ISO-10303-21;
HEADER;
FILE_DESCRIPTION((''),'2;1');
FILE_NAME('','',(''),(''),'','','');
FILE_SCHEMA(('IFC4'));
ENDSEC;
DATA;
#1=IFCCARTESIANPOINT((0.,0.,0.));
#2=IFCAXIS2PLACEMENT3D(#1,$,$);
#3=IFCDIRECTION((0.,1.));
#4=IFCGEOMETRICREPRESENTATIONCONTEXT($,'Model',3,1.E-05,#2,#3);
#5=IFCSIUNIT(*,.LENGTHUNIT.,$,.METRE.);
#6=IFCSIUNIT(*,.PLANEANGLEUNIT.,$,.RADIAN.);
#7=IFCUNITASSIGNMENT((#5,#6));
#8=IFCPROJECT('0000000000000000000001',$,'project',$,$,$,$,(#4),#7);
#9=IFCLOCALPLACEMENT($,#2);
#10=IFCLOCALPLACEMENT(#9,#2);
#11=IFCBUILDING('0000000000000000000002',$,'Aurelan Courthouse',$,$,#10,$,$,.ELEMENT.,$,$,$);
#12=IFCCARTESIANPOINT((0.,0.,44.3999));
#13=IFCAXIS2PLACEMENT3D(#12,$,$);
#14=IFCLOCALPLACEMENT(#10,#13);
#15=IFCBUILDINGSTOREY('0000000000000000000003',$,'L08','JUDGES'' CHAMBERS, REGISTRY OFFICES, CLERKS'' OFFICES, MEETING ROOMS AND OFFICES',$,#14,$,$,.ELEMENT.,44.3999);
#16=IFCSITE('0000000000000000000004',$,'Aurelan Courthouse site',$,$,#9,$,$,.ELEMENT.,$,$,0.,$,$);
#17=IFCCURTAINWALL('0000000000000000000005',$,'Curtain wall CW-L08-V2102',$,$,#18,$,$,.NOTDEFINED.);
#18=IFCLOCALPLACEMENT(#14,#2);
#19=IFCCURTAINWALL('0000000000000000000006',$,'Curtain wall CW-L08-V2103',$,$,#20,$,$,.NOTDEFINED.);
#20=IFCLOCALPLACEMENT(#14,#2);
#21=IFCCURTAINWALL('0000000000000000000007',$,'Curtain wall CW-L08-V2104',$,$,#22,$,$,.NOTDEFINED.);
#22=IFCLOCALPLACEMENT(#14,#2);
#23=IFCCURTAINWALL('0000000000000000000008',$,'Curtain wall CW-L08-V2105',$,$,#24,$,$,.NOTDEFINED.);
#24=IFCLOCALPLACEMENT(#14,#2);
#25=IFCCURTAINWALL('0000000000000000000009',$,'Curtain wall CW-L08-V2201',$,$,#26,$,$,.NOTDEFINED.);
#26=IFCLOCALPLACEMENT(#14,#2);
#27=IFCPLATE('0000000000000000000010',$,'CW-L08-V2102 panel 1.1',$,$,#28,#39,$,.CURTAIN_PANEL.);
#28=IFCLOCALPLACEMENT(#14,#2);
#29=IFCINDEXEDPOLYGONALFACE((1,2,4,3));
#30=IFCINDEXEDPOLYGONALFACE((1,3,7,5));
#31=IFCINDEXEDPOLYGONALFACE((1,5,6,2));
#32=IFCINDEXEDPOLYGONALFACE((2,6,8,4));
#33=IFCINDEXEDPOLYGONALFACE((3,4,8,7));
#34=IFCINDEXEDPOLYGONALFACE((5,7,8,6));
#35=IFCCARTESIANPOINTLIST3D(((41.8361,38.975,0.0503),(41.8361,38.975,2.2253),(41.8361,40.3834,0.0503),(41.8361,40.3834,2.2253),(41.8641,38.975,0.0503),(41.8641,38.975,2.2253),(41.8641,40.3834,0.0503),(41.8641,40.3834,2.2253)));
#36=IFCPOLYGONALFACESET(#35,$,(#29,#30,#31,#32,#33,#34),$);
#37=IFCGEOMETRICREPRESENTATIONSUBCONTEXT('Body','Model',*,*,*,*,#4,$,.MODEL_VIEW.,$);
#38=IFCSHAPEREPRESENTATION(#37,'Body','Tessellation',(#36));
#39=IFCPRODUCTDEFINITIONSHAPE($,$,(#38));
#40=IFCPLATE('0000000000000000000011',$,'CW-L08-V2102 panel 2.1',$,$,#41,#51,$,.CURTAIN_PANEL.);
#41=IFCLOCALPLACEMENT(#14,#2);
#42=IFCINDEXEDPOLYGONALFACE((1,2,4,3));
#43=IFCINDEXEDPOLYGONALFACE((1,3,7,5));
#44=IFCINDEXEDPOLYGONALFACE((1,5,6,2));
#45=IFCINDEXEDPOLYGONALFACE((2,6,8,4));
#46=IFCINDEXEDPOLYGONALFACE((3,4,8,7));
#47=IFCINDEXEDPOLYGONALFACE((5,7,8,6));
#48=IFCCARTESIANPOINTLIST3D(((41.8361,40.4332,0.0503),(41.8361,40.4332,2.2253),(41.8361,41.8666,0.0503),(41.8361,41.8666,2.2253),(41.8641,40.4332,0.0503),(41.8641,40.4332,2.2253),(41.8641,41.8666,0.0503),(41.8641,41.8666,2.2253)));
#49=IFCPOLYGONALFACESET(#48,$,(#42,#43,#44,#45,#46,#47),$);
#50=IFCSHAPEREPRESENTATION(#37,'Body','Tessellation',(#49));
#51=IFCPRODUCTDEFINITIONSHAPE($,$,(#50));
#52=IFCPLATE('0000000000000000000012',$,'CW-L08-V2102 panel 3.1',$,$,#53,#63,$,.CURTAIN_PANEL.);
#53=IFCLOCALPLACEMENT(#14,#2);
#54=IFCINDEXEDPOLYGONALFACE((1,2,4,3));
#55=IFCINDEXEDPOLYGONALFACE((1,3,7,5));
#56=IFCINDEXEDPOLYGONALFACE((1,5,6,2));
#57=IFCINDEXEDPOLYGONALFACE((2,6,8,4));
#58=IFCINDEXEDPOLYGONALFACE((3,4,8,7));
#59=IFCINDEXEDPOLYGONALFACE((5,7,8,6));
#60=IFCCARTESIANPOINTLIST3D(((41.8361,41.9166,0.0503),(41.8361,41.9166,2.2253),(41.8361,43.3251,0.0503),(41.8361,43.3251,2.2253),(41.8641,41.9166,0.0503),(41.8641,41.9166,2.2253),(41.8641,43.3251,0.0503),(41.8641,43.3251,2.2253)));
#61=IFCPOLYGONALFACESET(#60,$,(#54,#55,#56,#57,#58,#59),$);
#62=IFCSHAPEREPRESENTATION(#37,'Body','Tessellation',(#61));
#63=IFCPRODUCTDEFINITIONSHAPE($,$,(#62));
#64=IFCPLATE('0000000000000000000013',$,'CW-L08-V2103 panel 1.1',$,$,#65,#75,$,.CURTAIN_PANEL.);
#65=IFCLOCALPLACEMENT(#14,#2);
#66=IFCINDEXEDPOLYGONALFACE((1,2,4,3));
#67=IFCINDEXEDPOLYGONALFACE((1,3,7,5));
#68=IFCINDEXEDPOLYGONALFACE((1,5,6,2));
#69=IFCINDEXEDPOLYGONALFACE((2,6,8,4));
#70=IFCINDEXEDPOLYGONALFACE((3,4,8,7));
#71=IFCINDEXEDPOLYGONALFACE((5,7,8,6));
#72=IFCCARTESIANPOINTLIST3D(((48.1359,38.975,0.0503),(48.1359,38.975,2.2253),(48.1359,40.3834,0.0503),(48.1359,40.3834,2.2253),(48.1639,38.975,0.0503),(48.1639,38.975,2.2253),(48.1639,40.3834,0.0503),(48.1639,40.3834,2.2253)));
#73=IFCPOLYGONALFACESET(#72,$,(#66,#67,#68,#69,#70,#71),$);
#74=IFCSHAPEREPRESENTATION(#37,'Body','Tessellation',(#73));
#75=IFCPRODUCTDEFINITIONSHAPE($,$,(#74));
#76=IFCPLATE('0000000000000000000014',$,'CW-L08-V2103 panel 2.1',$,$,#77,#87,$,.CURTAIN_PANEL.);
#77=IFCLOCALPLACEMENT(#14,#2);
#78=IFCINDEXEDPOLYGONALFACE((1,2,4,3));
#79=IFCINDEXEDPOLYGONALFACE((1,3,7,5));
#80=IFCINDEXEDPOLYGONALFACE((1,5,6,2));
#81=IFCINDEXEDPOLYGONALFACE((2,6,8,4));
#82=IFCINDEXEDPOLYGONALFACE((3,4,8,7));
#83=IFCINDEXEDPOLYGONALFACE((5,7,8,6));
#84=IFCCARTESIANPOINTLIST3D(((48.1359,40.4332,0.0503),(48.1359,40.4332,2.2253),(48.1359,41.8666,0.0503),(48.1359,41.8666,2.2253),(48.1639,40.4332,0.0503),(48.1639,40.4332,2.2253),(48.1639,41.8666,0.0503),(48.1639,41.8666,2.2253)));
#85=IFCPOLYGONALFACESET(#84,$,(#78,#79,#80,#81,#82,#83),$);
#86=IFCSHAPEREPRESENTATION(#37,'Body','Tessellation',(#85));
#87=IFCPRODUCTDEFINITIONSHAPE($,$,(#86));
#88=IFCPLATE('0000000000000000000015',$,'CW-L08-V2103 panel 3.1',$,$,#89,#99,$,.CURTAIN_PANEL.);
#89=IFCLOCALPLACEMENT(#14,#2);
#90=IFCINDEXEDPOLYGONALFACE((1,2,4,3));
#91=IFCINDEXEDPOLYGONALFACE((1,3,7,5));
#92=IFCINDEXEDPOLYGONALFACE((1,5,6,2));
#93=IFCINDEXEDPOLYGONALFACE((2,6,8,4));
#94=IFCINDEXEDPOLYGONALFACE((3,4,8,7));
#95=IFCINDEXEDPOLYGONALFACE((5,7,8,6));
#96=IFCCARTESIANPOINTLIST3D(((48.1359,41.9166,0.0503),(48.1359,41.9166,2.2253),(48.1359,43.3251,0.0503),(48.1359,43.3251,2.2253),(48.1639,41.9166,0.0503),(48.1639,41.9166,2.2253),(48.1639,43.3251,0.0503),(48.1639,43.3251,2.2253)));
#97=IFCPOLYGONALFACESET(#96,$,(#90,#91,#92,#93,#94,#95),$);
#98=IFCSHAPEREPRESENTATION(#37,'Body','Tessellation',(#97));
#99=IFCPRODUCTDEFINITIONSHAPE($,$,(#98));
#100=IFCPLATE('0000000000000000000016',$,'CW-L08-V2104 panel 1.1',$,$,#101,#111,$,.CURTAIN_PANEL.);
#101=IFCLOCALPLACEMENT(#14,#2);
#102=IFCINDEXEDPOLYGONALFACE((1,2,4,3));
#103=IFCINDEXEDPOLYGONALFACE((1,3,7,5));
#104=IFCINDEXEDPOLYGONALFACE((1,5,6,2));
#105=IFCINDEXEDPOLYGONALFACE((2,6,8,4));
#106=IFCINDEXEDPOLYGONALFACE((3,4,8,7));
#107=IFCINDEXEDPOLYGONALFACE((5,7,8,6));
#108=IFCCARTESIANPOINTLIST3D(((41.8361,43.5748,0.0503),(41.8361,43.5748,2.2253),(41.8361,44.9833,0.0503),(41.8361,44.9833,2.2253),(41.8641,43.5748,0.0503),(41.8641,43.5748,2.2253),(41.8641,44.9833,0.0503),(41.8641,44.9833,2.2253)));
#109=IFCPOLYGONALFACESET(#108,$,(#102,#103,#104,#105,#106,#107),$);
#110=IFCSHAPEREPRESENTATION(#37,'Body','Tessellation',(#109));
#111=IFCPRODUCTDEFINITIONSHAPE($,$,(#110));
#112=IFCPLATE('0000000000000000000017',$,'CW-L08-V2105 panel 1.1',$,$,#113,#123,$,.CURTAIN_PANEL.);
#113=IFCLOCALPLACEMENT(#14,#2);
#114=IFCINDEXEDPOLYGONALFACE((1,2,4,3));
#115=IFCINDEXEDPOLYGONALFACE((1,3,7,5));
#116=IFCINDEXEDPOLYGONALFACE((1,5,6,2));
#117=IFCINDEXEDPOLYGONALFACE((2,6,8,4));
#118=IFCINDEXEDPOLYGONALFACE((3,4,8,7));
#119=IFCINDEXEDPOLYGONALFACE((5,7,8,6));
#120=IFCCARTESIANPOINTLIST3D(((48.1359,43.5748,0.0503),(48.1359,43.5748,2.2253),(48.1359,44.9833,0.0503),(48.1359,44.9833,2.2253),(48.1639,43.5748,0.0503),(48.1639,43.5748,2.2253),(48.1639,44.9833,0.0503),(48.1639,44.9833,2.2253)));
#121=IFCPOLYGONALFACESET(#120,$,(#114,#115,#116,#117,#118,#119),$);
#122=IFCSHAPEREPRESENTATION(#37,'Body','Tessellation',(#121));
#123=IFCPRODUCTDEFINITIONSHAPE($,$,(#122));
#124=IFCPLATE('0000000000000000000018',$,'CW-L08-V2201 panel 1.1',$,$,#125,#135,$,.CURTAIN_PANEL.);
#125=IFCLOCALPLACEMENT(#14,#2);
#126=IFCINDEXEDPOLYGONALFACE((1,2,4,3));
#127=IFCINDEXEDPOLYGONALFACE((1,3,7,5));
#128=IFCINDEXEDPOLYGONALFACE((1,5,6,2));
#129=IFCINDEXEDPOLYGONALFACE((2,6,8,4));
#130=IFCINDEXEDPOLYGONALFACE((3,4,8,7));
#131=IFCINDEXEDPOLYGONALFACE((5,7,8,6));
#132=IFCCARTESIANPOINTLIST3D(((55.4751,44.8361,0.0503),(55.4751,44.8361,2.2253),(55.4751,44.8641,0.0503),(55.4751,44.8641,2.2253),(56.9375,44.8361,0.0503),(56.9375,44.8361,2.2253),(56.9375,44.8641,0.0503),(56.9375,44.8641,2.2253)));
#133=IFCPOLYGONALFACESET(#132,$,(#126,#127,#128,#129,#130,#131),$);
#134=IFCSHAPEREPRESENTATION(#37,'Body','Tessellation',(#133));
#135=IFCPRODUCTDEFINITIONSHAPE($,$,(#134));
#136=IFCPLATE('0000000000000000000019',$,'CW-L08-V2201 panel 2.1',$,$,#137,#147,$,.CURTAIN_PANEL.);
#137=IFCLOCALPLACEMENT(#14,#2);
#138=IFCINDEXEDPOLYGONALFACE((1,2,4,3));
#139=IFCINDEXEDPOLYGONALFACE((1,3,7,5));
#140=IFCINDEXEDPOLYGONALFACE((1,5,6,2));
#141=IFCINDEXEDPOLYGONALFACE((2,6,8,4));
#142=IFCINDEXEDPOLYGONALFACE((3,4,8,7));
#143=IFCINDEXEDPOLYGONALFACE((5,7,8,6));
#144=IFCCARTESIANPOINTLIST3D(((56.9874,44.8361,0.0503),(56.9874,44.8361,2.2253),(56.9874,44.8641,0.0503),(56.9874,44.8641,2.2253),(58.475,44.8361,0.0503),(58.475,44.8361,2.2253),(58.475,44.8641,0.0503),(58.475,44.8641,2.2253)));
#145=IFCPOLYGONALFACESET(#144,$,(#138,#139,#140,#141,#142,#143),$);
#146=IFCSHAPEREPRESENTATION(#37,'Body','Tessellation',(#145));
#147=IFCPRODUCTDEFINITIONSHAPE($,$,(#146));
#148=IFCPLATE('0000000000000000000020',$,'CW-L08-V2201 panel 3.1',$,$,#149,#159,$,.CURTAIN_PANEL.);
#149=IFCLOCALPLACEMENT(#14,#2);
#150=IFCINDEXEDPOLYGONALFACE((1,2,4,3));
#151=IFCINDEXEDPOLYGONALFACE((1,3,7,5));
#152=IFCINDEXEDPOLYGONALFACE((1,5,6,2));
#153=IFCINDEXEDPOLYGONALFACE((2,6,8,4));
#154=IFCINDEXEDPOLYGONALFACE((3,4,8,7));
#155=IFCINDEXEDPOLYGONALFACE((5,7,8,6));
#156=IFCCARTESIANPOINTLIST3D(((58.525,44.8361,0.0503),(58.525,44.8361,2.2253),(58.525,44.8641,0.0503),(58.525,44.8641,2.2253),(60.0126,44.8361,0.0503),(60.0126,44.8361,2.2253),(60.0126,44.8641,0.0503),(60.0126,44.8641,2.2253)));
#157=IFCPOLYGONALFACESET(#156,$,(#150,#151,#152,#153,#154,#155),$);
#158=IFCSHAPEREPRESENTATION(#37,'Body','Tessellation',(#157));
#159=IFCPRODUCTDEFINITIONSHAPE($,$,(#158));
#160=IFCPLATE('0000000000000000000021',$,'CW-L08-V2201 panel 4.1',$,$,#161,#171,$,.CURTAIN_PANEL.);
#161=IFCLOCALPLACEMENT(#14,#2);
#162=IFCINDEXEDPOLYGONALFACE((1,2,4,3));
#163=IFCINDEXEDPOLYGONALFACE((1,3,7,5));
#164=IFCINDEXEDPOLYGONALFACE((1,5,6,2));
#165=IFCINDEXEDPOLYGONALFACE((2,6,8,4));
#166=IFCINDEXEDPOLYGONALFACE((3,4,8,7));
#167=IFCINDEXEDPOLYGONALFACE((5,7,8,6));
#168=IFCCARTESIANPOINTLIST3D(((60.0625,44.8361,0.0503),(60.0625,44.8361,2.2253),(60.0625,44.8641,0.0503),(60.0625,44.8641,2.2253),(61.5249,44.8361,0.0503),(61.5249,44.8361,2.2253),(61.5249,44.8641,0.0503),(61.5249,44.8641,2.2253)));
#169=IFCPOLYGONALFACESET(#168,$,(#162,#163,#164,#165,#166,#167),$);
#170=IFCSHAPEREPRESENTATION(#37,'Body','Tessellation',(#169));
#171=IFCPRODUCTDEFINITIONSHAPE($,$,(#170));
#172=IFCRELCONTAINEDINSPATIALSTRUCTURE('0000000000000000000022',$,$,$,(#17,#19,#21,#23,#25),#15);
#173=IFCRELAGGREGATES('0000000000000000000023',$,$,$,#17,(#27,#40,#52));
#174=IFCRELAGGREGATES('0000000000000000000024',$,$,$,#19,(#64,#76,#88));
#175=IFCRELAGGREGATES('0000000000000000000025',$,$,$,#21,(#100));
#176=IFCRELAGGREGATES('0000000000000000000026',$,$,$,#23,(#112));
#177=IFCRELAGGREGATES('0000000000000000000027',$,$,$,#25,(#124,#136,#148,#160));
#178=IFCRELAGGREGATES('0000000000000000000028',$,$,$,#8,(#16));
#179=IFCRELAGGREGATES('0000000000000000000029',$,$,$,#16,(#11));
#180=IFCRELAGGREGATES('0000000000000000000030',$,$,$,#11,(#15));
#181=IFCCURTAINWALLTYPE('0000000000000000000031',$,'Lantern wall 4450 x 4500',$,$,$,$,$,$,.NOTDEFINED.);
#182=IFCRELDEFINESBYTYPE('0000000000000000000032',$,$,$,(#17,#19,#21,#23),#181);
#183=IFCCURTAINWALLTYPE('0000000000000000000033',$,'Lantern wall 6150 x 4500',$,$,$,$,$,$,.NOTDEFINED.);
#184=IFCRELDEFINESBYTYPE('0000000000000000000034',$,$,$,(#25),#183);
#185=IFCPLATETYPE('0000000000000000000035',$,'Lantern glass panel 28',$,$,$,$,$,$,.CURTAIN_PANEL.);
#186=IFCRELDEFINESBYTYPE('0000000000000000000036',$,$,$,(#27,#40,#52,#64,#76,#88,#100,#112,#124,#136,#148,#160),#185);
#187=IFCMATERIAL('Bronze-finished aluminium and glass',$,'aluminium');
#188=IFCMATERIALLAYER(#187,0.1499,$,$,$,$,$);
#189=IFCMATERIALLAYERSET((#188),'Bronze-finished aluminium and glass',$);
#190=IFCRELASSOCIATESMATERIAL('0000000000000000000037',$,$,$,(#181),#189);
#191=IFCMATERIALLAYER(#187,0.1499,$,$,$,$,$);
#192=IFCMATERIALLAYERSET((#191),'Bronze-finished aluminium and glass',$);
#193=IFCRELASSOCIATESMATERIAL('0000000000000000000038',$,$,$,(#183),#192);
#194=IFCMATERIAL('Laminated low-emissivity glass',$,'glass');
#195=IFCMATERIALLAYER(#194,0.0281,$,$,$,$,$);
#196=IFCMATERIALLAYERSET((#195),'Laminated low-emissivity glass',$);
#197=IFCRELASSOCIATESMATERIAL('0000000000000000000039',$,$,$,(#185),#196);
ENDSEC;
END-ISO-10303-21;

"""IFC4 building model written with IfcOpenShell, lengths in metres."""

from ifc_helpers import new_model, si_unit, direction, frame, origin, origin_2d, place, context, subcontext, project, spatial, rectangle, extrude, material, layer, layer_set, type_object, element, aggregate, save


model = new_model("IFC4")

# Units and contexts
model_context = context("Model", 3, precision=1e-05, world=origin(), true_north=direction((0.0, 1.0)))
body_context = subcontext(model_context, "Body", "Model", "MODEL_VIEW")
ifc_project = project(units=[si_unit("LENGTHUNIT", "METRE"), si_unit("PLANEANGLEUNIT", "RADIAN")], contexts=[model_context])

# Site, building, storey
site_placement = place(None, origin())
site = spatial("IfcSite", under=ifc_project, at=site_placement, Name="Aurelan Courthouse site", CompositionType="ELEMENT", RefElevation=0.0)
building_placement = place(site_placement, origin())
building = spatial("IfcBuilding", under=site, at=building_placement, Name="Aurelan Courthouse", CompositionType="ELEMENT")
storey_placement = place(building_placement, frame((0.0, 0.0, 44.3999)))
storey = spatial("IfcBuildingStorey", under=building, at=storey_placement, Name="L08", Description="JUDGES' CHAMBERS, REGISTRY OFFICES, CLERKS' OFFICES, MEETING ROOMS AND OFFICES", CompositionType="ELEMENT", Elevation=44.3999)

# Curtain walls
ifc_material_1 = material(Name="Bronze-finished aluminium and glass", Category="aluminium")
ifc_layer_1 = layer(ifc_material_1, 0.1499)
ifc_layer_set_1 = layer_set([ifc_layer_1], Name="Bronze-finished aluminium and glass")
curtain_wall_type_1 = type_object("IfcCurtainWallType", Name="Lantern wall 4450 x 4500", PredefinedType="NOTDEFINED", material=ifc_layer_set_1)
curtain_wall_1_placement = place(storey_placement, origin())
curtain_wall_1 = element("IfcCurtainWall", 1, at=curtain_wall_1_placement, inside=storey, type_object=curtain_wall_type_1, Name="Curtain wall CW-L08-V2102", PredefinedType="NOTDEFINED")
curtain_wall_2_placement = place(storey_placement, origin())
curtain_wall_2 = element("IfcCurtainWall", 2, at=curtain_wall_2_placement, inside=storey, type_object=curtain_wall_type_1, Name="Curtain wall CW-L08-V2103", PredefinedType="NOTDEFINED")

# Curtain walls
curtain_wall_3_placement = place(storey_placement, origin())
curtain_wall_3 = element("IfcCurtainWall", 3, at=curtain_wall_3_placement, inside=storey, type_object=curtain_wall_type_1, Name="Curtain wall CW-L08-V2104", PredefinedType="NOTDEFINED")
curtain_wall_4_placement = place(storey_placement, origin())
curtain_wall_4 = element("IfcCurtainWall", 4, at=curtain_wall_4_placement, inside=storey, type_object=curtain_wall_type_1, Name="Curtain wall CW-L08-V2105", PredefinedType="NOTDEFINED")

# Curtain wall
ifc_layer_2 = layer(ifc_material_1, 0.1499)
ifc_layer_set_2 = layer_set([ifc_layer_2], Name="Bronze-finished aluminium and glass")
curtain_wall_type_2 = type_object("IfcCurtainWallType", Name="Lantern wall 6150 x 4500", PredefinedType="NOTDEFINED", material=ifc_layer_set_2)
curtain_wall_5_placement = place(storey_placement, origin())
curtain_wall_5 = element("IfcCurtainWall", 5, at=curtain_wall_5_placement, inside=storey, type_object=curtain_wall_type_2, Name="Curtain wall CW-L08-V2201", PredefinedType="NOTDEFINED")

# Shared definitions
ifc_material_2 = material(Name="Laminated low-emissivity glass", Category="glass")
ifc_layer_3 = layer(ifc_material_2, 0.0281)
ifc_layer_set_3 = layer_set([ifc_layer_3], Name="Laminated low-emissivity glass")
plate_type = type_object("IfcPlateType", Name="Lantern glass panel 28", PredefinedType="CURTAIN_PANEL", material=ifc_layer_set_3)

# Plates
plate_1_placement = place(storey_placement, frame((41.8501, 39.6792, 0.0503), z_axis=(0.0, 0.0, 1.0), x_axis=(0.0, 1.0, 0.0)))
plate_1 = element("IfcPlate", 6, at=plate_1_placement, type_object=plate_type, Name="CW-L08-V2102 panel 1.1", PredefinedType="CURTAIN_PANEL", context=body_context, shape_type="SweptSolid", body=[
    extrude(rectangle(XDim=1.4084, YDim=0.0281, at=origin_2d()), origin(), (0.0, 0.0, 1.0), 2.175),
])
plate_2_placement = place(storey_placement, frame((41.8501, 41.1499, 0.0503), z_axis=(0.0, 0.0, 1.0), x_axis=(0.0, 1.0, 0.0)))
plate_2 = element("IfcPlate", 7, at=plate_2_placement, type_object=plate_type, Name="CW-L08-V2102 panel 2.1", PredefinedType="CURTAIN_PANEL", context=body_context, shape_type="SweptSolid", body=[
    extrude(rectangle(XDim=1.4333, YDim=0.0281, at=origin_2d()), origin(), (0.0, 0.0, 1.0), 2.175),
])
plate_3_placement = place(storey_placement, frame((41.8501, 42.6208, 0.0503), z_axis=(0.0, 0.0, 1.0), x_axis=(0.0, 1.0, 0.0)))
plate_3 = element("IfcPlate", 8, at=plate_3_placement, type_object=plate_type, Name="CW-L08-V2102 panel 3.1", PredefinedType="CURTAIN_PANEL", context=body_context, shape_type="SweptSolid", body=[
    extrude(rectangle(XDim=1.4084, YDim=0.0281, at=origin_2d()), origin(), (0.0, 0.0, 1.0), 2.175),
])
aggregate(curtain_wall_1, [plate_1, plate_2, plate_3])
plate_4_placement = place(storey_placement, frame((48.1499, 39.6792, 0.0503), z_axis=(0.0, 0.0, 1.0), x_axis=(0.0, 1.0, 0.0)))
plate_4 = element("IfcPlate", 9, at=plate_4_placement, type_object=plate_type, Name="CW-L08-V2103 panel 1.1", PredefinedType="CURTAIN_PANEL", context=body_context, shape_type="SweptSolid", body=[
    extrude(rectangle(XDim=1.4084, YDim=0.0281, at=origin_2d()), origin(), (0.0, 0.0, 1.0), 2.175),
])
plate_5_placement = place(storey_placement, frame((48.1499, 41.1499, 0.0503), z_axis=(0.0, 0.0, 1.0), x_axis=(0.0, 1.0, 0.0)))
plate_5 = element("IfcPlate", 10, at=plate_5_placement, type_object=plate_type, Name="CW-L08-V2103 panel 2.1", PredefinedType="CURTAIN_PANEL", context=body_context, shape_type="SweptSolid", body=[
    extrude(rectangle(XDim=1.4333, YDim=0.0281, at=origin_2d()), origin(), (0.0, 0.0, 1.0), 2.175),
])
plate_6_placement = place(storey_placement, frame((48.1499, 42.6208, 0.0503), z_axis=(0.0, 0.0, 1.0), x_axis=(0.0, 1.0, 0.0)))
plate_6 = element("IfcPlate", 11, at=plate_6_placement, type_object=plate_type, Name="CW-L08-V2103 panel 3.1", PredefinedType="CURTAIN_PANEL", context=body_context, shape_type="SweptSolid", body=[
    extrude(rectangle(XDim=1.4084, YDim=0.0281, at=origin_2d()), origin(), (0.0, 0.0, 1.0), 2.175),
])
aggregate(curtain_wall_2, [plate_4, plate_5, plate_6])
plate_7_placement = place(storey_placement, frame((41.8501, 44.2791, 0.0503), z_axis=(0.0, 0.0, 1.0), x_axis=(0.0, 1.0, 0.0)))
plate_7 = element("IfcPlate", 12, at=plate_7_placement, type_object=plate_type, Name="CW-L08-V2104 panel 1.1", PredefinedType="CURTAIN_PANEL", context=body_context, shape_type="SweptSolid", body=[
    extrude(rectangle(XDim=1.4084, YDim=0.0281, at=origin_2d()), origin(), (0.0, 0.0, 1.0), 2.175),
])
aggregate(curtain_wall_3, [plate_7])
plate_8_placement = place(storey_placement, frame((48.1499, 44.2791, 0.0503), z_axis=(0.0, 0.0, 1.0), x_axis=(0.0, 1.0, 0.0)))
plate_8 = element("IfcPlate", 13, at=plate_8_placement, type_object=plate_type, Name="CW-L08-V2105 panel 1.1", PredefinedType="CURTAIN_PANEL", context=body_context, shape_type="SweptSolid", body=[
    extrude(rectangle(XDim=1.4084, YDim=0.0281, at=origin_2d()), origin(), (0.0, 0.0, 1.0), 2.175),
])
aggregate(curtain_wall_4, [plate_8])
plate_9_placement = place(storey_placement, frame((56.2063, 44.8501, 0.0503), z_axis=(0.0, 0.0, 1.0), x_axis=(1.0, 0.0, 0.0)))
plate_9 = element("IfcPlate", 14, at=plate_9_placement, type_object=plate_type, Name="CW-L08-V2201 panel 1.1", PredefinedType="CURTAIN_PANEL", context=body_context, shape_type="SweptSolid", body=[
    extrude(rectangle(XDim=1.4624, YDim=0.0281, at=origin_2d()), origin(), (0.0, 0.0, 1.0), 2.175),
])
plate_10_placement = place(storey_placement, frame((57.7312, 44.8501, 0.0503), z_axis=(0.0, 0.0, 1.0), x_axis=(1.0, 0.0, 0.0)))
plate_10 = element("IfcPlate", 15, at=plate_10_placement, type_object=plate_type, Name="CW-L08-V2201 panel 2.1", PredefinedType="CURTAIN_PANEL", context=body_context, shape_type="SweptSolid", body=[
    extrude(rectangle(XDim=1.4875, YDim=0.0281, at=origin_2d()), origin(), (0.0, 0.0, 1.0), 2.175),
])
plate_11_placement = place(storey_placement, frame((59.2688, 44.8501, 0.0503), z_axis=(0.0, 0.0, 1.0), x_axis=(1.0, 0.0, 0.0)))
plate_11 = element("IfcPlate", 16, at=plate_11_placement, type_object=plate_type, Name="CW-L08-V2201 panel 3.1", PredefinedType="CURTAIN_PANEL", context=body_context, shape_type="SweptSolid", body=[
    extrude(rectangle(XDim=1.4875, YDim=0.0281, at=origin_2d()), origin(), (0.0, 0.0, 1.0), 2.175),
])
plate_12_placement = place(storey_placement, frame((60.7937, 44.8501, 0.0503), z_axis=(0.0, 0.0, 1.0), x_axis=(1.0, 0.0, 0.0)))
plate_12 = element("IfcPlate", 17, at=plate_12_placement, type_object=plate_type, Name="CW-L08-V2201 panel 4.1", PredefinedType="CURTAIN_PANEL", context=body_context, shape_type="SweptSolid", body=[
    extrude(rectangle(XDim=1.4624, YDim=0.0281, at=origin_2d()), origin(), (0.0, 0.0, 1.0), 2.175),
])
aggregate(curtain_wall_5, [plate_9, plate_10, plate_11, plate_12])

save(model, "model.ifc")
